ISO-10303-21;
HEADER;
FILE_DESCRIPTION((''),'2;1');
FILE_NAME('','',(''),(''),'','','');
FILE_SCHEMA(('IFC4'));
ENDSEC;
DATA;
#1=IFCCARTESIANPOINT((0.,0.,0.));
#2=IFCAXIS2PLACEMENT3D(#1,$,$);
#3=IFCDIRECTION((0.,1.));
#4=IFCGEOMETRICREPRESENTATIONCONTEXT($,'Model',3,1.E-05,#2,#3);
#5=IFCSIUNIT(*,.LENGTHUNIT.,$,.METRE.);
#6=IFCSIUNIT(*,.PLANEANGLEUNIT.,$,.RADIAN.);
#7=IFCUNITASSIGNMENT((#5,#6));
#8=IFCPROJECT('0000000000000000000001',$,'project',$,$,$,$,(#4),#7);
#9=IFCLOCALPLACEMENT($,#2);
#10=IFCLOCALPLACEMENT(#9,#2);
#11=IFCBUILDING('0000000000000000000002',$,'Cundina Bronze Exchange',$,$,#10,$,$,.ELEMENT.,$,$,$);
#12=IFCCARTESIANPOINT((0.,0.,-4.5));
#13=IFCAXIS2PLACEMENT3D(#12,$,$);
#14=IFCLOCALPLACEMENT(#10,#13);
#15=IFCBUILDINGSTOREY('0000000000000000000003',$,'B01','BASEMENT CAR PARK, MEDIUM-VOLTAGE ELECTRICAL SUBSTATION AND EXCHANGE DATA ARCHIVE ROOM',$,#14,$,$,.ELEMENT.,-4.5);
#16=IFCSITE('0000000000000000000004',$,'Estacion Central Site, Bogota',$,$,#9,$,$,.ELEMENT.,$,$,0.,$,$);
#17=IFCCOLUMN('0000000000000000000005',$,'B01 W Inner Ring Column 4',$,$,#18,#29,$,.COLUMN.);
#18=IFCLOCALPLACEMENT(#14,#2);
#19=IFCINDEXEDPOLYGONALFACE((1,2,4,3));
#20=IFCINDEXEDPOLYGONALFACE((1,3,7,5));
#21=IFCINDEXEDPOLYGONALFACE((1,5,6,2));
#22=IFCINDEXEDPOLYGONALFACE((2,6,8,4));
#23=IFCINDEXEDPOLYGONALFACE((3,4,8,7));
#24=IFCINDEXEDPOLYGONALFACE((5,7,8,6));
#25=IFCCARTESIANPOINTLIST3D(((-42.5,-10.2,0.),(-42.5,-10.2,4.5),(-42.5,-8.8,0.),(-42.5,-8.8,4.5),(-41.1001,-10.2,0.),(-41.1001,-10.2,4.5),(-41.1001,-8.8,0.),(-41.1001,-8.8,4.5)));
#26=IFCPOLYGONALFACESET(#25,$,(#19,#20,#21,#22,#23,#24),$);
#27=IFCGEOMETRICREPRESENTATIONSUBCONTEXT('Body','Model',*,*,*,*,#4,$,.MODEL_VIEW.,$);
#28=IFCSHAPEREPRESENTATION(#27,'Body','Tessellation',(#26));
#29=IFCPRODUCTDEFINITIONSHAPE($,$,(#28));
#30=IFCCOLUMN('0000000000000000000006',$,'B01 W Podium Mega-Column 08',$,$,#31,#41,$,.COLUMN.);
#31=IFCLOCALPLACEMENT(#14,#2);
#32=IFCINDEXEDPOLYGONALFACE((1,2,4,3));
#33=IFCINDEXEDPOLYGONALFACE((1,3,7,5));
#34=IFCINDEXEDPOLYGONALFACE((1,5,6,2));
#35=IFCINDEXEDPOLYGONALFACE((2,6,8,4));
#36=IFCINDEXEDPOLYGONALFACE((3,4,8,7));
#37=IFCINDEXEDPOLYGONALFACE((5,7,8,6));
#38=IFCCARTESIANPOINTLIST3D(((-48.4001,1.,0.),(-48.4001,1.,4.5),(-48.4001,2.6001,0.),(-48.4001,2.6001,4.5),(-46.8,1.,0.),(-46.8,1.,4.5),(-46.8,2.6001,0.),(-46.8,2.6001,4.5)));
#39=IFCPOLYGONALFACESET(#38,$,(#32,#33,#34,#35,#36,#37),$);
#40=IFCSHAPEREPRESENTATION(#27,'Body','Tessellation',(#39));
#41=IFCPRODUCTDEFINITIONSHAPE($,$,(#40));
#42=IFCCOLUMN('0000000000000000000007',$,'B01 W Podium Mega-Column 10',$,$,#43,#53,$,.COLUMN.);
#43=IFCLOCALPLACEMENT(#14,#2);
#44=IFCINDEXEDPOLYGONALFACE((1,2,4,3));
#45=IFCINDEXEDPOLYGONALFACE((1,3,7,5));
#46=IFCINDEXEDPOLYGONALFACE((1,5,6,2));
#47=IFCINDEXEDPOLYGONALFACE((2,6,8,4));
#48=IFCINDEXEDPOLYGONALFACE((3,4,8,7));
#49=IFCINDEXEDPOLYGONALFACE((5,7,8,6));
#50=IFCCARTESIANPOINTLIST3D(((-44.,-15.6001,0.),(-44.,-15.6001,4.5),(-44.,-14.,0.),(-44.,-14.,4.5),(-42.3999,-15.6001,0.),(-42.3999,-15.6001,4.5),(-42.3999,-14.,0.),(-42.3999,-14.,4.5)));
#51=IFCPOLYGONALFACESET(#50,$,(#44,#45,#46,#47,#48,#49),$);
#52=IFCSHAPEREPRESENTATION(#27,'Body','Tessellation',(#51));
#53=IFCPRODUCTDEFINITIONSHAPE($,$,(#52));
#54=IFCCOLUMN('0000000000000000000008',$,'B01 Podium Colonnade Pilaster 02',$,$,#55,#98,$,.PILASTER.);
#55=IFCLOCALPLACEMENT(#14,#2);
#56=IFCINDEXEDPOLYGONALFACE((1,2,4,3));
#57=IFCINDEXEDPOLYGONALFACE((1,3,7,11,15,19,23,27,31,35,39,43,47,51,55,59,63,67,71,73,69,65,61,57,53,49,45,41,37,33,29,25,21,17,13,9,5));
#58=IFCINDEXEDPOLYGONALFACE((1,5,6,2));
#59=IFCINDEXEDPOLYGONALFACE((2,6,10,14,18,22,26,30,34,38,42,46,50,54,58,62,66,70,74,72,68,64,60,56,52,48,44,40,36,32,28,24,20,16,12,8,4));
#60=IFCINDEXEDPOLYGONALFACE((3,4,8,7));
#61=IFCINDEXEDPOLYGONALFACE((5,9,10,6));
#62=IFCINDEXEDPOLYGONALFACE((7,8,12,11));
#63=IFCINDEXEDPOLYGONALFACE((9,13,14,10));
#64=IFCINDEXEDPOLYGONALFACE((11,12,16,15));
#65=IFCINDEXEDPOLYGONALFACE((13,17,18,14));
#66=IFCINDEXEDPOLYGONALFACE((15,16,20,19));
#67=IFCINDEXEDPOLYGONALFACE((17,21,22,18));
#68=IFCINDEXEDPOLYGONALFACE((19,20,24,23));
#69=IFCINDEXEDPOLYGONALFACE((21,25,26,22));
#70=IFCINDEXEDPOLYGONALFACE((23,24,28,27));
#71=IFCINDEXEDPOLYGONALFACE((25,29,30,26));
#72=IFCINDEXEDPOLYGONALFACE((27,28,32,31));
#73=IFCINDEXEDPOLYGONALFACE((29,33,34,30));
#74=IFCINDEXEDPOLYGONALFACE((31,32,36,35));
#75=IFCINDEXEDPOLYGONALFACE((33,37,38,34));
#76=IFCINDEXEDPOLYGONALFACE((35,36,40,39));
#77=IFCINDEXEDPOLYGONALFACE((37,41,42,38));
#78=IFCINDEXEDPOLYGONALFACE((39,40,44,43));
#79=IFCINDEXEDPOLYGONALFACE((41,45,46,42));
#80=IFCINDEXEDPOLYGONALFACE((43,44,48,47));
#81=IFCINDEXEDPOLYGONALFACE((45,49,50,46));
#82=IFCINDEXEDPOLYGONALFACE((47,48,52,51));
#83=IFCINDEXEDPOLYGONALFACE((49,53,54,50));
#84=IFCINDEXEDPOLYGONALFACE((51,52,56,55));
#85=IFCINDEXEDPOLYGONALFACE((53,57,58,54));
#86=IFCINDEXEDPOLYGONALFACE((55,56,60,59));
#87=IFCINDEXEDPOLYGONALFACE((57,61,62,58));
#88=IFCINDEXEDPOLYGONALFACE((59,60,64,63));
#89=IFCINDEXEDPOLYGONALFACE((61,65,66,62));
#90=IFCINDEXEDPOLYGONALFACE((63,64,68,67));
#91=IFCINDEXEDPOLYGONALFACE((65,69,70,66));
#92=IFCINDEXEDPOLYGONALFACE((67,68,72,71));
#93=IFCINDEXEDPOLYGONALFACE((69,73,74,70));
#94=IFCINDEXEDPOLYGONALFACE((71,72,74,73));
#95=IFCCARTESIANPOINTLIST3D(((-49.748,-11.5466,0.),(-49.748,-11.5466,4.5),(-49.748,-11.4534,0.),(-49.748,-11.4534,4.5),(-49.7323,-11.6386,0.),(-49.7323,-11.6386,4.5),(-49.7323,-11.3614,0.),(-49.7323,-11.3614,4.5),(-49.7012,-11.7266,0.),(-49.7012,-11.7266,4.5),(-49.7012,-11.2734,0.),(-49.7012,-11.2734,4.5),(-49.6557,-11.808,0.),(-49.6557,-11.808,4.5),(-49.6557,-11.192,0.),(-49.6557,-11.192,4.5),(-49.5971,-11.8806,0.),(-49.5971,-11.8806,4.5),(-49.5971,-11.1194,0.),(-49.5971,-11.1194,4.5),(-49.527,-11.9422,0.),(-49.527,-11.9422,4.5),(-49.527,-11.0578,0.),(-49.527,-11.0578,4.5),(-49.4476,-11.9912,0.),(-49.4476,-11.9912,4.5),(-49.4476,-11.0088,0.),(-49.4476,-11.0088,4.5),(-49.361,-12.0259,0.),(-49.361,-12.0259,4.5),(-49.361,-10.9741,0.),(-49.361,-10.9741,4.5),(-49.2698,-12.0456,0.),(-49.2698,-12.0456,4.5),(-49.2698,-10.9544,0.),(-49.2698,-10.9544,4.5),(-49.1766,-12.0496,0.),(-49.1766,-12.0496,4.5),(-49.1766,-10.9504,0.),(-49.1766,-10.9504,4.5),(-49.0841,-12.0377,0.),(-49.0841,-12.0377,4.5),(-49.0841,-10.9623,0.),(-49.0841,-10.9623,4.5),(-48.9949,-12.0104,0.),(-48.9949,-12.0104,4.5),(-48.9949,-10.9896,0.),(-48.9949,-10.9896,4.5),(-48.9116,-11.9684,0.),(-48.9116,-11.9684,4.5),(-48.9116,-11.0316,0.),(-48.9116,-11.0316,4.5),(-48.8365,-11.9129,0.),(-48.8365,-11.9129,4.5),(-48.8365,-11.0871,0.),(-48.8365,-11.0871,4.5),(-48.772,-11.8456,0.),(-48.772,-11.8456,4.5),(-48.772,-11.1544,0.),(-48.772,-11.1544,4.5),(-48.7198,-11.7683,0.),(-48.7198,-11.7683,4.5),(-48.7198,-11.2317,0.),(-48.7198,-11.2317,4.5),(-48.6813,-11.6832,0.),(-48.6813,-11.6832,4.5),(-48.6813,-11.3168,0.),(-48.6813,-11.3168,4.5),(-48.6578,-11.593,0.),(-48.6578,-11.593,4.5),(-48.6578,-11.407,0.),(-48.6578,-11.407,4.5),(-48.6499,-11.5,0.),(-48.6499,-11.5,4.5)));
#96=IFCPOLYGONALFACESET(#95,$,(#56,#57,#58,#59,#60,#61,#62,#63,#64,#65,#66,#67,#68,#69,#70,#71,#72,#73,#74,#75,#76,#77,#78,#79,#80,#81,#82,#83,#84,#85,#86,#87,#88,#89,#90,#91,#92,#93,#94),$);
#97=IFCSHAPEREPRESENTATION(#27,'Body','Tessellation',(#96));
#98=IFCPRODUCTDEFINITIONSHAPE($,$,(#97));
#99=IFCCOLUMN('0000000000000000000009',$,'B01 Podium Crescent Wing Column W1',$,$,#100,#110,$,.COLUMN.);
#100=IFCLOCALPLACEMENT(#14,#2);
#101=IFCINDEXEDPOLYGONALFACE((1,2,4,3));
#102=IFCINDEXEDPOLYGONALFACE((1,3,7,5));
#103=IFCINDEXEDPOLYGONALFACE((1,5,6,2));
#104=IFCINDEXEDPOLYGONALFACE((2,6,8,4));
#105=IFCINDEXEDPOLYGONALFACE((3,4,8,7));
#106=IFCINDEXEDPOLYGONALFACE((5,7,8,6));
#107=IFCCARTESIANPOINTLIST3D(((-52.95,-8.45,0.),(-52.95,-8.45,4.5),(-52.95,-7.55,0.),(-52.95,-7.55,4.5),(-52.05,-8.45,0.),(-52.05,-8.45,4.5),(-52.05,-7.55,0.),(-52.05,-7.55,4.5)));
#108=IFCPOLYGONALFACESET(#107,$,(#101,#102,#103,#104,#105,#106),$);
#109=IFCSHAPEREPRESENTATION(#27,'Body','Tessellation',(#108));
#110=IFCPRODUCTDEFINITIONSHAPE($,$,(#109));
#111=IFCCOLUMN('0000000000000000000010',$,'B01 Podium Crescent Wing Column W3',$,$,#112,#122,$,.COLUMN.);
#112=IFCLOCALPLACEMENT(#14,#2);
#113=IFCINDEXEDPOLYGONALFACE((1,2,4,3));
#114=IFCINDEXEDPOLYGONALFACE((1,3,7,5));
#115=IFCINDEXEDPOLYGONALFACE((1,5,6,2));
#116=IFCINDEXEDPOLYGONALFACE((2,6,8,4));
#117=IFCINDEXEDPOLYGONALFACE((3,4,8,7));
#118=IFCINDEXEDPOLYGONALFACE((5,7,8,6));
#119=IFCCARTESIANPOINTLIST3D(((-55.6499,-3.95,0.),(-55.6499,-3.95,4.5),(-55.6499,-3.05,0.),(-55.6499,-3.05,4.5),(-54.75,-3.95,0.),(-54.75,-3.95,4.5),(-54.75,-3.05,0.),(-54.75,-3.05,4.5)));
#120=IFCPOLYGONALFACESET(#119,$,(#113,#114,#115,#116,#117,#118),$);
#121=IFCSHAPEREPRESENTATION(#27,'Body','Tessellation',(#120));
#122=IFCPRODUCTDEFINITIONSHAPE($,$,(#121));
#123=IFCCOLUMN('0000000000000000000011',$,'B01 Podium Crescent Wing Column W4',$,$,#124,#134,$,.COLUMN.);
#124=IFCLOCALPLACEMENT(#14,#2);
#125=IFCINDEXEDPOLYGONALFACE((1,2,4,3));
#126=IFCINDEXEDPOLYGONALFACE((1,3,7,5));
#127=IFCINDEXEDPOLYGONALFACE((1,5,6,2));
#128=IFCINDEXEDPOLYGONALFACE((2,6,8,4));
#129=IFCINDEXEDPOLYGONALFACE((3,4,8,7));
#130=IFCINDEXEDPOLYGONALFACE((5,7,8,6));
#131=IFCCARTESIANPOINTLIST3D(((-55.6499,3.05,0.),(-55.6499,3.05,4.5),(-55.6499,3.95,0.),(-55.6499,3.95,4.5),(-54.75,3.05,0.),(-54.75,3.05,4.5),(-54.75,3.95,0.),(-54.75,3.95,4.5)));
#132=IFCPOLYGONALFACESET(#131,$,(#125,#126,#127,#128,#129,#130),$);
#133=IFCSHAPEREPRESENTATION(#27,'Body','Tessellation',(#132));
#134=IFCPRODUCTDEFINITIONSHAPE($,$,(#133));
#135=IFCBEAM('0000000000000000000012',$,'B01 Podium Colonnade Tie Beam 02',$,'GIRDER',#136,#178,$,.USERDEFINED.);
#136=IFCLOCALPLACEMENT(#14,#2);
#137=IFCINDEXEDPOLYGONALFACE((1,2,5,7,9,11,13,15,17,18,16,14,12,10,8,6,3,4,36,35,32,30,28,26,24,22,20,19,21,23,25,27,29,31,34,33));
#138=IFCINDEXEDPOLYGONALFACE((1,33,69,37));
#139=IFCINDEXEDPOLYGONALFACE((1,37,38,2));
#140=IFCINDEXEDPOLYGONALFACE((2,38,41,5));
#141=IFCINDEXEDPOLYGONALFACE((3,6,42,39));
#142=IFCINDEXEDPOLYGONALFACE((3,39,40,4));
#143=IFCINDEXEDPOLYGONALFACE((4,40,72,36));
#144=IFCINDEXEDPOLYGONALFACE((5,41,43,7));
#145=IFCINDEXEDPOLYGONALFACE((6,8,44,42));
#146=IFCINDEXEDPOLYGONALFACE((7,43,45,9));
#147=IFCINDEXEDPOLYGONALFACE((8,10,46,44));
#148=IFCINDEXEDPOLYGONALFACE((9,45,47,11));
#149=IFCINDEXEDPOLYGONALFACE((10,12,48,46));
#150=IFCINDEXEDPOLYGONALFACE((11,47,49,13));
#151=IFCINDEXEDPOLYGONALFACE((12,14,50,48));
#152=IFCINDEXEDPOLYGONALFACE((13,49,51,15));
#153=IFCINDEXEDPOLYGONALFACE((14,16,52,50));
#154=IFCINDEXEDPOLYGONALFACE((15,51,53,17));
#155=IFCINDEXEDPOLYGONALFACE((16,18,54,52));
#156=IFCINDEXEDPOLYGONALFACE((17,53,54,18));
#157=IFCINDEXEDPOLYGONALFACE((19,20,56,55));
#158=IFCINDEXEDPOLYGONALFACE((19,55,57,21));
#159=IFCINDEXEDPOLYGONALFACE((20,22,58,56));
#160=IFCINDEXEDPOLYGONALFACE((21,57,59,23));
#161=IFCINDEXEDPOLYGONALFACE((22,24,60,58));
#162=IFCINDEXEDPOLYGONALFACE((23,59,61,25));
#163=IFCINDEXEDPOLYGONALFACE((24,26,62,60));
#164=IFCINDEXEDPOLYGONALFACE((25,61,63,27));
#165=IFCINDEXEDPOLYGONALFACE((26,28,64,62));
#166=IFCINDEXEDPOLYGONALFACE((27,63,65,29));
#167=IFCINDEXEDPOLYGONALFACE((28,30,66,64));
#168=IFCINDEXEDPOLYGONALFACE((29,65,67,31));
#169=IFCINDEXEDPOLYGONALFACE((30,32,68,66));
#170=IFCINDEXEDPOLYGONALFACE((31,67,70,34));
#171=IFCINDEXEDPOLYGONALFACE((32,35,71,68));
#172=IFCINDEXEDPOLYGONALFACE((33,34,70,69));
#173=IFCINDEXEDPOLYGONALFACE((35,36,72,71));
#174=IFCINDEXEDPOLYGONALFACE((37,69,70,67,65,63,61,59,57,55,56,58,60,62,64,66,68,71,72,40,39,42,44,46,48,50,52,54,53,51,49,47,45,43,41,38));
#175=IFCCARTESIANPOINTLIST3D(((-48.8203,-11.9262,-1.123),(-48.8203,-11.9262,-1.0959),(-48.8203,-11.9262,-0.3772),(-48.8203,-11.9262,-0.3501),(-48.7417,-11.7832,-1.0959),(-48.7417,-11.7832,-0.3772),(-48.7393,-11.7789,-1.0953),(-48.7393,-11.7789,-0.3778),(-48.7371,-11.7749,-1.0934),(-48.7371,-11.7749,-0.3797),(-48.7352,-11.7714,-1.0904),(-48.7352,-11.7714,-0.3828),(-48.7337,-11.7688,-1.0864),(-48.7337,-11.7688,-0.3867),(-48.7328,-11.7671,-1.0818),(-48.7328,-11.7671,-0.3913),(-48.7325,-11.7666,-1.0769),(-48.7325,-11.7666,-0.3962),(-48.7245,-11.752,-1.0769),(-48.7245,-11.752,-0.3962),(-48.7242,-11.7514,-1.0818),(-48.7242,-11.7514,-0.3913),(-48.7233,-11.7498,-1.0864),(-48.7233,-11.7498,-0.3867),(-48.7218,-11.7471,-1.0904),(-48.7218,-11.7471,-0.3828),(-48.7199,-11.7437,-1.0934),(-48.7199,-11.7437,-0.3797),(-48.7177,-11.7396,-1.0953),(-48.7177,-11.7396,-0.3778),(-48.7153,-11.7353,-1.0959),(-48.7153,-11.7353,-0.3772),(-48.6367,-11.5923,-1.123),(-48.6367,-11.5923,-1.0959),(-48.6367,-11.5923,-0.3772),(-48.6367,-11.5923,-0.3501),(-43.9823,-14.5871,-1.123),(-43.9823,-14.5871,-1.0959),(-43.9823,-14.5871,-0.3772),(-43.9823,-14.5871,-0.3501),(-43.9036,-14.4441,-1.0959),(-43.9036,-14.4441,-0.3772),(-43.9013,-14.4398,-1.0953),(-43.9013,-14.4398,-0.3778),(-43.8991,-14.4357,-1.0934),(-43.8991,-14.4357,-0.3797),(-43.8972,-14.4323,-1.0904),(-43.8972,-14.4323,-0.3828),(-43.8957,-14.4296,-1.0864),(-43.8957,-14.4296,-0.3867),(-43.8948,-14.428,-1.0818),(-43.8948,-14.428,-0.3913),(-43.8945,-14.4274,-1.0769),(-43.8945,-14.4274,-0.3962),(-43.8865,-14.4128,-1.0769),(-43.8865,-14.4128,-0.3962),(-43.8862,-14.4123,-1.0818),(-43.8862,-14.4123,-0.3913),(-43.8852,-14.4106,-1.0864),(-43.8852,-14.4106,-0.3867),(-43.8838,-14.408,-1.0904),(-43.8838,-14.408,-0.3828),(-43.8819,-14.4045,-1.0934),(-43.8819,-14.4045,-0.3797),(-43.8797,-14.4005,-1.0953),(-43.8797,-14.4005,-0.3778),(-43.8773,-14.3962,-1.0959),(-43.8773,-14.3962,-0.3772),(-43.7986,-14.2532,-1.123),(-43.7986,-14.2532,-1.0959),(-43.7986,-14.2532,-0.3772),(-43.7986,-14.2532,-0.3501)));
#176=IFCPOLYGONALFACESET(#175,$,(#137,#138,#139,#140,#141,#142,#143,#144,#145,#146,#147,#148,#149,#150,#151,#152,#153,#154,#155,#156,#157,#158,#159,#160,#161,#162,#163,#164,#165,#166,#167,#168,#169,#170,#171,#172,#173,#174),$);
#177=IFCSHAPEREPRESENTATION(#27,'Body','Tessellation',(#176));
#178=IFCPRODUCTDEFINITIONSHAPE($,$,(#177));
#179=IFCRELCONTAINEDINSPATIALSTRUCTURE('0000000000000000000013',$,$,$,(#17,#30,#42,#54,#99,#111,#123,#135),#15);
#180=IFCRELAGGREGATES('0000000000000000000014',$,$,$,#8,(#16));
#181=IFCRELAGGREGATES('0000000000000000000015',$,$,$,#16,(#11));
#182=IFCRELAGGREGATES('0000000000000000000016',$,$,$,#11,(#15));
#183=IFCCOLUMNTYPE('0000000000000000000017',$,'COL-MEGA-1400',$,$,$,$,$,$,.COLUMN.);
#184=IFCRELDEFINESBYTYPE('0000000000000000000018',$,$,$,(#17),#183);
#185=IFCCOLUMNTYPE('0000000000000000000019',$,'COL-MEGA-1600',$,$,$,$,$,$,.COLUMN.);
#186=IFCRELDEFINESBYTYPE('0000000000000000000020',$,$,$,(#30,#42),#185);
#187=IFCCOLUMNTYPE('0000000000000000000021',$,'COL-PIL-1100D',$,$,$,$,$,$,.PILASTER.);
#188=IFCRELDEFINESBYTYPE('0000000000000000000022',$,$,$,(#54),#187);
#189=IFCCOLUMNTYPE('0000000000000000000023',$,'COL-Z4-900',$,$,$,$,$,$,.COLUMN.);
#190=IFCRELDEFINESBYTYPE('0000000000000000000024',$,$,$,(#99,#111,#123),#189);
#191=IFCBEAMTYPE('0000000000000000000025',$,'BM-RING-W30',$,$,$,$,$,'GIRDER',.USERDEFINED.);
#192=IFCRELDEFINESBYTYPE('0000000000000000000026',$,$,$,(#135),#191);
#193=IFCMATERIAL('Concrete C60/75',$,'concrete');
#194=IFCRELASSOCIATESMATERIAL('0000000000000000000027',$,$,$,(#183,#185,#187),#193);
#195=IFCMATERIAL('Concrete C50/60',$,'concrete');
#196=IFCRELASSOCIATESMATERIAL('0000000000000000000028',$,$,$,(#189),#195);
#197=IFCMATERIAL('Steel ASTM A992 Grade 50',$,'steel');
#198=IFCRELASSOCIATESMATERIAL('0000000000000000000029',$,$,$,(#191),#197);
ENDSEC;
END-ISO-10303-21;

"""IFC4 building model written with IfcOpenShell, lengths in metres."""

from ifc_helpers import new_model, si_unit, direction, frame, origin, origin_2d, place, context, subcontext, project, spatial, rectangle, circle, i_section, extrude, material, material_profile, profile_set, type_object, element, save


model = new_model("IFC4")

# Units and contexts
model_context = context("Model", 3, precision=1e-05, world=origin(), true_north=direction((0.0, 1.0)))
body_context = subcontext(model_context, "Body", "Model", "MODEL_VIEW")
ifc_project = project(units=[si_unit("LENGTHUNIT", "METRE"), si_unit("PLANEANGLEUNIT", "RADIAN")], contexts=[model_context])

# Site, building, storey
site_placement = place(None, origin())
site = spatial("IfcSite", under=ifc_project, at=site_placement, Name="Estacion Central Site, Bogota", CompositionType="ELEMENT", RefElevation=0.0)
building_placement = place(site_placement, origin())
building = spatial("IfcBuilding", under=site, at=building_placement, Name="Cundina Bronze Exchange", CompositionType="ELEMENT")
storey_placement = place(building_placement, frame((0.0, 0.0, -4.5)))
storey = spatial("IfcBuildingStorey", under=building, at=storey_placement, Name="B01", Description="BASEMENT CAR PARK, MEDIUM-VOLTAGE ELECTRICAL SUBSTATION AND EXCHANGE DATA ARCHIVE ROOM", CompositionType="ELEMENT", Elevation=-4.5)

# Columns
ifc_material_1 = material(Name="Concrete C60/75", Category="concrete")
ifc_material_profile_1 = material_profile(ifc_material_1, rectangle(XDim=1.3999, YDim=1.3999, at=origin_2d()), Name="RC1400X1400", Category="concrete")
ifc_profile_set_1 = profile_set([ifc_material_profile_1], Name="Concrete C60/75")
column_type_1 = type_object("IfcColumnType", Name="COL-MEGA-1400", PredefinedType="COLUMN", material=ifc_profile_set_1)
column_1_placement = place(storey_placement, frame((-41.8, -9.5, 0.0), z_axis=(0.0, 0.0, 1.0), x_axis=(1.0, 0.0, 0.0)))
element("IfcColumn", 1, at=column_1_placement, inside=storey, type_object=column_type_1, Name="B01 W Inner Ring Column 4", PredefinedType="COLUMN", context=body_context, shape_type="SweptSolid", body=[
    extrude(rectangle(XDim=1.3999, YDim=1.3999, at=origin_2d()), origin(), (0.0, 0.0, 1.0), 4.5),
])
ifc_material_profile_2 = material_profile(ifc_material_1, rectangle(XDim=1.6001, YDim=1.6001, at=origin_2d()), Name="RC1600X1600", Category="concrete")
ifc_profile_set_2 = profile_set([ifc_material_profile_2], Name="Concrete C60/75")
column_type_2 = type_object("IfcColumnType", Name="COL-MEGA-1600", PredefinedType="COLUMN", material=ifc_profile_set_2)
for number, where, z_axis, x_axis, name in (
    (2, (-47.6001, 1.8, 0.0), (0.0, 0.0, 1.0), (1.0, 0.0, 0.0), "B01 W Podium Mega-Column 08"),
    (3, (-43.2, -14.8, 0.0), (0.0, 0.0, 1.0), (1.0, 0.0, 0.0), "B01 W Podium Mega-Column 10"),
):
    element("IfcColumn", number, at=place(storey_placement, frame(where, z_axis=z_axis, x_axis=x_axis)), inside=storey, type_object=column_type_2, Name=name, PredefinedType="COLUMN", context=body_context, shape_type="SweptSolid", body=[
        extrude(rectangle(XDim=1.6001, YDim=1.6001, at=origin_2d()), origin(), (0.0, 0.0, 1.0), 4.5),
    ])
ifc_material_profile_3 = material_profile(ifc_material_1, circle(Radius=0.55, at=origin_2d()), Name="RC1100D", Category="concrete")
ifc_profile_set_3 = profile_set([ifc_material_profile_3], Name="Concrete C60/75")
column_type_3 = type_object("IfcColumnType", Name="COL-PIL-1100D", PredefinedType="PILASTER", material=ifc_profile_set_3)
column_2_placement = place(storey_placement, frame((-49.2, -11.5, 0.0), z_axis=(0.0, 0.0, 1.0), x_axis=(1.0, 0.0, 0.0)))
element("IfcColumn", 4, at=column_2_placement, inside=storey, type_object=column_type_3, Name="B01 Podium Colonnade Pilaster 02", PredefinedType="PILASTER", context=body_context, shape_type="SweptSolid", body=[
    extrude(circle(Radius=0.55, at=origin_2d()), origin(), (0.0, 0.0, 1.0), 4.5),
])
ifc_material_2 = material(Name="Concrete C50/60", Category="concrete")
ifc_material_profile_4 = material_profile(ifc_material_2, rectangle(XDim=0.8999, YDim=0.8999, at=origin_2d()), Name="RC900X900", Category="concrete")
ifc_profile_set_4 = profile_set([ifc_material_profile_4], Name="Concrete C50/60")
column_type_4 = type_object("IfcColumnType", Name="COL-Z4-900", PredefinedType="COLUMN", material=ifc_profile_set_4)
for number, where, z_axis, x_axis, name in (
    (5, (-52.5, -8.0, 0.0), (0.0, 0.0, 1.0), (1.0, 0.0, 0.0), "B01 Podium Crescent Wing Column W1"),
    (6, (-55.2, -3.5, 0.0), (0.0, 0.0, 1.0), (1.0, 0.0, 0.0), "B01 Podium Crescent Wing Column W3"),
    (7, (-55.2, 3.5, 0.0), (0.0, 0.0, 1.0), (1.0, 0.0, 0.0), "B01 Podium Crescent Wing Column W4"),
):
    element("IfcColumn", number, at=place(storey_placement, frame(where, z_axis=z_axis, x_axis=x_axis)), inside=storey, type_object=column_type_4, Name=name, PredefinedType="COLUMN", context=body_context, shape_type="SweptSolid", body=[
        extrude(rectangle(XDim=0.8999, YDim=0.8999, at=origin_2d()), origin(), (0.0, 0.0, 1.0), 4.5),
    ])

# Beam
ifc_material_3 = material(Name="Steel ASTM A992 Grade 50", Category="steel")
ifc_material_profile_5 = material_profile(ifc_material_3, i_section(OverallWidth=0.3811, OverallDepth=0.7729, WebThickness=0.0166, FlangeThickness=0.0271, FilletRadius=0.019, at=origin_2d()), Name="W30X173", Category="steel")
ifc_profile_set_5 = profile_set([ifc_material_profile_5], Name="Steel ASTM A992 Grade 50")
beam_type = type_object("IfcBeamType", Name="BM-RING-W30", ElementType="GIRDER", PredefinedType="USERDEFINED", material=ifc_profile_set_5)
beam_1_placement = place(storey_placement, frame((-48.7285, -11.7593, -0.7366), z_axis=(0.876222, -0.481907, 0.0), x_axis=(0.481907, 0.876222, 0.0)))
element("IfcBeam", 8, at=beam_1_placement, inside=storey, type_object=beam_type, Name="B01 Podium Colonnade Tie Beam 02", ObjectType="GIRDER", PredefinedType="USERDEFINED", context=body_context, shape_type="SweptSolid", body=[
    extrude(i_section(OverallWidth=0.3811, OverallDepth=0.7729, WebThickness=0.0166, FlangeThickness=0.0271, FilletRadius=0.019, at=origin_2d()), origin(), (0.0, 0.0, 1.0), 5.5215),
])

save(model, "model.ifc")
